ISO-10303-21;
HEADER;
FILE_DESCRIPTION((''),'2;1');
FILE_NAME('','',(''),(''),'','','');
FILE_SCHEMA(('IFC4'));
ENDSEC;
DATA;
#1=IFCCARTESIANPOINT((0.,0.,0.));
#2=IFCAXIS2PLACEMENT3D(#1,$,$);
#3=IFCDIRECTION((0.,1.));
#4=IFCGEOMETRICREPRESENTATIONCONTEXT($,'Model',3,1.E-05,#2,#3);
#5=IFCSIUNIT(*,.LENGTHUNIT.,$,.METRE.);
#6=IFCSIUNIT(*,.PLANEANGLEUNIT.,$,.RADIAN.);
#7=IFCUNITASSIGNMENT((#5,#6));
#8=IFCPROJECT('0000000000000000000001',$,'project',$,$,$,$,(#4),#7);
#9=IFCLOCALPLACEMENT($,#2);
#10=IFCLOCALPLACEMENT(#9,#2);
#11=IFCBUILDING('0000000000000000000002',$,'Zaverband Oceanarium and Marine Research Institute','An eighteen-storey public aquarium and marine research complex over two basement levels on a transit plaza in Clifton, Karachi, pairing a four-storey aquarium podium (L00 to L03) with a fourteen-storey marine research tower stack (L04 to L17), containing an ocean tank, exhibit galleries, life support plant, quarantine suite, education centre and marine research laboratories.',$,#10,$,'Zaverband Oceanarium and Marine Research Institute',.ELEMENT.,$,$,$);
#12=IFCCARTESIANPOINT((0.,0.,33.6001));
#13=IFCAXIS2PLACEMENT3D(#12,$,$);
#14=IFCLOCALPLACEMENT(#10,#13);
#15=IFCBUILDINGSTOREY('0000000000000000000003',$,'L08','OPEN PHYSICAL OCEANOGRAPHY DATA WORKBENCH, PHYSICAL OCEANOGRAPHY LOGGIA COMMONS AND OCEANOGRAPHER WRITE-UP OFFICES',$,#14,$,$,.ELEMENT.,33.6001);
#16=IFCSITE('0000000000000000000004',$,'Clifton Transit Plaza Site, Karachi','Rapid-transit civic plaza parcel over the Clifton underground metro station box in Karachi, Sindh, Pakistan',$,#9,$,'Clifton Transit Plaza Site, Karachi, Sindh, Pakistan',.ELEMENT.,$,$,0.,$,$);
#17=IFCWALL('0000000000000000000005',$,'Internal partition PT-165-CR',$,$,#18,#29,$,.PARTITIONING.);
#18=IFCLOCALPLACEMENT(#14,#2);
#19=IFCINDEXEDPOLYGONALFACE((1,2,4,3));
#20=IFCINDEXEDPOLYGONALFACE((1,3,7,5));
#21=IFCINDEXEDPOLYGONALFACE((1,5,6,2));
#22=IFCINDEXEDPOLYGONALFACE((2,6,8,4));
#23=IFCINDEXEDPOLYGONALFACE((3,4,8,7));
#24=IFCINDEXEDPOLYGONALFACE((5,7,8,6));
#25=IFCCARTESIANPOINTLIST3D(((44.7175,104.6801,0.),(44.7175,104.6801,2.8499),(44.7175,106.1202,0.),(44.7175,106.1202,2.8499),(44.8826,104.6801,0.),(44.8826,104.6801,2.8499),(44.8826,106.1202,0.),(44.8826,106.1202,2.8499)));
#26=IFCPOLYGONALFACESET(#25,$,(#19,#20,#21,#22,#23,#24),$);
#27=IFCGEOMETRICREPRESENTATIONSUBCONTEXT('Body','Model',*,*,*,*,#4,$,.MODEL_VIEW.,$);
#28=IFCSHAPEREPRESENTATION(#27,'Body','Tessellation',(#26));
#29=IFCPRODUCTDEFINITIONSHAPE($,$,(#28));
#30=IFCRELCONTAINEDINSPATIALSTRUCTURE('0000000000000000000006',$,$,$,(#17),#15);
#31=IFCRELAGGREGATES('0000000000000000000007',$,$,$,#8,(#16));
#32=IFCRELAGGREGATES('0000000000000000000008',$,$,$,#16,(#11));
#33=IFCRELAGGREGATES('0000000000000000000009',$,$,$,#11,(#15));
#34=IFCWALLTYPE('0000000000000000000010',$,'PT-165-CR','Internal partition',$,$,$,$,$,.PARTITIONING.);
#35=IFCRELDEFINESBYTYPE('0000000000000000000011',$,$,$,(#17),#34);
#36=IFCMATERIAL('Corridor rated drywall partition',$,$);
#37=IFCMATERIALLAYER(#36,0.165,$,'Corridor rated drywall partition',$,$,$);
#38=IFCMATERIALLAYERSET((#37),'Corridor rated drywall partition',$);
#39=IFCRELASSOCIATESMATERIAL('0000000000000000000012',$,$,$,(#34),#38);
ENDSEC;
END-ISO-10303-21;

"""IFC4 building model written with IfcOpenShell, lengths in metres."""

from ifc_helpers import new_model, si_unit, direction, frame, frame_2d, origin, place, context, subcontext, project, spatial, rectangle, extrude, material, layer, layer_set, type_object, element, save


model = new_model("IFC4")

# Units and contexts
model_context = context("Model", 3, precision=1e-05, world=origin(), true_north=direction((0.0, 1.0)))
body_context = subcontext(model_context, "Body", "Model", "MODEL_VIEW")
ifc_project = project(units=[si_unit("LENGTHUNIT", "METRE"), si_unit("PLANEANGLEUNIT", "RADIAN")], contexts=[model_context])

# Site, building, storey
site_placement = place(None, origin())
site = spatial("IfcSite", under=ifc_project, at=site_placement, Name="Clifton Transit Plaza Site, Karachi", Description="Rapid-transit civic plaza parcel over the Clifton underground metro station box in Karachi, Sindh, Pakistan", LongName="Clifton Transit Plaza Site, Karachi, Sindh, Pakistan", CompositionType="ELEMENT", RefElevation=0.0)
building_placement = place(site_placement, origin())
building = spatial("IfcBuilding", under=site, at=building_placement, Name="Zaverband Oceanarium and Marine Research Institute", Description="An eighteen-storey public aquarium and marine research complex over two basement levels on a transit plaza in Clifton, Karachi, pairing a four-storey aquarium podium (L00 to L03) with a fourteen-storey marine research tower stack (L04 to L17), containing an ocean tank, exhibit galleries, life support plant, quarantine suite, education centre and marine research laboratories.", LongName="Zaverband Oceanarium and Marine Research Institute", CompositionType="ELEMENT")
storey_placement = place(building_placement, frame((0.0, 0.0, 33.6001)))
storey = spatial("IfcBuildingStorey", under=building, at=storey_placement, Name="L08", Description="OPEN PHYSICAL OCEANOGRAPHY DATA WORKBENCH, PHYSICAL OCEANOGRAPHY LOGGIA COMMONS AND OCEANOGRAPHER WRITE-UP OFFICES", CompositionType="ELEMENT", Elevation=33.6001)

# Wall
ifc_material_1 = material(Name="Corridor rated drywall partition")
ifc_layer_1 = layer(ifc_material_1, 0.165, Name="Corridor rated drywall partition")
ifc_layer_set_1 = layer_set([ifc_layer_1], Name="Corridor rated drywall partition")
wall_type_1 = type_object("IfcWallType", Name="PT-165-CR", Description="Internal partition", PredefinedType="PARTITIONING", material=ifc_layer_set_1)
wall_1_placement = place(storey_placement, frame((44.8, 104.6799, 0.0), z_axis=(0.0, 0.0, 1.0), x_axis=(0.0, 1.0, 0.0)))
element("IfcWall", 1, at=wall_1_placement, inside=storey, type_object=wall_type_1, Name="Internal partition PT-165-CR", PredefinedType="PARTITIONING", context=body_context, shape_type="SweptSolid", body=[
    extrude(rectangle(XDim=1.4402, YDim=0.165, at=frame_2d((0.7202, 0.0))), origin(), (0.0, 0.0, 1.0), 2.8499),
])

save(model, "model.ifc")
